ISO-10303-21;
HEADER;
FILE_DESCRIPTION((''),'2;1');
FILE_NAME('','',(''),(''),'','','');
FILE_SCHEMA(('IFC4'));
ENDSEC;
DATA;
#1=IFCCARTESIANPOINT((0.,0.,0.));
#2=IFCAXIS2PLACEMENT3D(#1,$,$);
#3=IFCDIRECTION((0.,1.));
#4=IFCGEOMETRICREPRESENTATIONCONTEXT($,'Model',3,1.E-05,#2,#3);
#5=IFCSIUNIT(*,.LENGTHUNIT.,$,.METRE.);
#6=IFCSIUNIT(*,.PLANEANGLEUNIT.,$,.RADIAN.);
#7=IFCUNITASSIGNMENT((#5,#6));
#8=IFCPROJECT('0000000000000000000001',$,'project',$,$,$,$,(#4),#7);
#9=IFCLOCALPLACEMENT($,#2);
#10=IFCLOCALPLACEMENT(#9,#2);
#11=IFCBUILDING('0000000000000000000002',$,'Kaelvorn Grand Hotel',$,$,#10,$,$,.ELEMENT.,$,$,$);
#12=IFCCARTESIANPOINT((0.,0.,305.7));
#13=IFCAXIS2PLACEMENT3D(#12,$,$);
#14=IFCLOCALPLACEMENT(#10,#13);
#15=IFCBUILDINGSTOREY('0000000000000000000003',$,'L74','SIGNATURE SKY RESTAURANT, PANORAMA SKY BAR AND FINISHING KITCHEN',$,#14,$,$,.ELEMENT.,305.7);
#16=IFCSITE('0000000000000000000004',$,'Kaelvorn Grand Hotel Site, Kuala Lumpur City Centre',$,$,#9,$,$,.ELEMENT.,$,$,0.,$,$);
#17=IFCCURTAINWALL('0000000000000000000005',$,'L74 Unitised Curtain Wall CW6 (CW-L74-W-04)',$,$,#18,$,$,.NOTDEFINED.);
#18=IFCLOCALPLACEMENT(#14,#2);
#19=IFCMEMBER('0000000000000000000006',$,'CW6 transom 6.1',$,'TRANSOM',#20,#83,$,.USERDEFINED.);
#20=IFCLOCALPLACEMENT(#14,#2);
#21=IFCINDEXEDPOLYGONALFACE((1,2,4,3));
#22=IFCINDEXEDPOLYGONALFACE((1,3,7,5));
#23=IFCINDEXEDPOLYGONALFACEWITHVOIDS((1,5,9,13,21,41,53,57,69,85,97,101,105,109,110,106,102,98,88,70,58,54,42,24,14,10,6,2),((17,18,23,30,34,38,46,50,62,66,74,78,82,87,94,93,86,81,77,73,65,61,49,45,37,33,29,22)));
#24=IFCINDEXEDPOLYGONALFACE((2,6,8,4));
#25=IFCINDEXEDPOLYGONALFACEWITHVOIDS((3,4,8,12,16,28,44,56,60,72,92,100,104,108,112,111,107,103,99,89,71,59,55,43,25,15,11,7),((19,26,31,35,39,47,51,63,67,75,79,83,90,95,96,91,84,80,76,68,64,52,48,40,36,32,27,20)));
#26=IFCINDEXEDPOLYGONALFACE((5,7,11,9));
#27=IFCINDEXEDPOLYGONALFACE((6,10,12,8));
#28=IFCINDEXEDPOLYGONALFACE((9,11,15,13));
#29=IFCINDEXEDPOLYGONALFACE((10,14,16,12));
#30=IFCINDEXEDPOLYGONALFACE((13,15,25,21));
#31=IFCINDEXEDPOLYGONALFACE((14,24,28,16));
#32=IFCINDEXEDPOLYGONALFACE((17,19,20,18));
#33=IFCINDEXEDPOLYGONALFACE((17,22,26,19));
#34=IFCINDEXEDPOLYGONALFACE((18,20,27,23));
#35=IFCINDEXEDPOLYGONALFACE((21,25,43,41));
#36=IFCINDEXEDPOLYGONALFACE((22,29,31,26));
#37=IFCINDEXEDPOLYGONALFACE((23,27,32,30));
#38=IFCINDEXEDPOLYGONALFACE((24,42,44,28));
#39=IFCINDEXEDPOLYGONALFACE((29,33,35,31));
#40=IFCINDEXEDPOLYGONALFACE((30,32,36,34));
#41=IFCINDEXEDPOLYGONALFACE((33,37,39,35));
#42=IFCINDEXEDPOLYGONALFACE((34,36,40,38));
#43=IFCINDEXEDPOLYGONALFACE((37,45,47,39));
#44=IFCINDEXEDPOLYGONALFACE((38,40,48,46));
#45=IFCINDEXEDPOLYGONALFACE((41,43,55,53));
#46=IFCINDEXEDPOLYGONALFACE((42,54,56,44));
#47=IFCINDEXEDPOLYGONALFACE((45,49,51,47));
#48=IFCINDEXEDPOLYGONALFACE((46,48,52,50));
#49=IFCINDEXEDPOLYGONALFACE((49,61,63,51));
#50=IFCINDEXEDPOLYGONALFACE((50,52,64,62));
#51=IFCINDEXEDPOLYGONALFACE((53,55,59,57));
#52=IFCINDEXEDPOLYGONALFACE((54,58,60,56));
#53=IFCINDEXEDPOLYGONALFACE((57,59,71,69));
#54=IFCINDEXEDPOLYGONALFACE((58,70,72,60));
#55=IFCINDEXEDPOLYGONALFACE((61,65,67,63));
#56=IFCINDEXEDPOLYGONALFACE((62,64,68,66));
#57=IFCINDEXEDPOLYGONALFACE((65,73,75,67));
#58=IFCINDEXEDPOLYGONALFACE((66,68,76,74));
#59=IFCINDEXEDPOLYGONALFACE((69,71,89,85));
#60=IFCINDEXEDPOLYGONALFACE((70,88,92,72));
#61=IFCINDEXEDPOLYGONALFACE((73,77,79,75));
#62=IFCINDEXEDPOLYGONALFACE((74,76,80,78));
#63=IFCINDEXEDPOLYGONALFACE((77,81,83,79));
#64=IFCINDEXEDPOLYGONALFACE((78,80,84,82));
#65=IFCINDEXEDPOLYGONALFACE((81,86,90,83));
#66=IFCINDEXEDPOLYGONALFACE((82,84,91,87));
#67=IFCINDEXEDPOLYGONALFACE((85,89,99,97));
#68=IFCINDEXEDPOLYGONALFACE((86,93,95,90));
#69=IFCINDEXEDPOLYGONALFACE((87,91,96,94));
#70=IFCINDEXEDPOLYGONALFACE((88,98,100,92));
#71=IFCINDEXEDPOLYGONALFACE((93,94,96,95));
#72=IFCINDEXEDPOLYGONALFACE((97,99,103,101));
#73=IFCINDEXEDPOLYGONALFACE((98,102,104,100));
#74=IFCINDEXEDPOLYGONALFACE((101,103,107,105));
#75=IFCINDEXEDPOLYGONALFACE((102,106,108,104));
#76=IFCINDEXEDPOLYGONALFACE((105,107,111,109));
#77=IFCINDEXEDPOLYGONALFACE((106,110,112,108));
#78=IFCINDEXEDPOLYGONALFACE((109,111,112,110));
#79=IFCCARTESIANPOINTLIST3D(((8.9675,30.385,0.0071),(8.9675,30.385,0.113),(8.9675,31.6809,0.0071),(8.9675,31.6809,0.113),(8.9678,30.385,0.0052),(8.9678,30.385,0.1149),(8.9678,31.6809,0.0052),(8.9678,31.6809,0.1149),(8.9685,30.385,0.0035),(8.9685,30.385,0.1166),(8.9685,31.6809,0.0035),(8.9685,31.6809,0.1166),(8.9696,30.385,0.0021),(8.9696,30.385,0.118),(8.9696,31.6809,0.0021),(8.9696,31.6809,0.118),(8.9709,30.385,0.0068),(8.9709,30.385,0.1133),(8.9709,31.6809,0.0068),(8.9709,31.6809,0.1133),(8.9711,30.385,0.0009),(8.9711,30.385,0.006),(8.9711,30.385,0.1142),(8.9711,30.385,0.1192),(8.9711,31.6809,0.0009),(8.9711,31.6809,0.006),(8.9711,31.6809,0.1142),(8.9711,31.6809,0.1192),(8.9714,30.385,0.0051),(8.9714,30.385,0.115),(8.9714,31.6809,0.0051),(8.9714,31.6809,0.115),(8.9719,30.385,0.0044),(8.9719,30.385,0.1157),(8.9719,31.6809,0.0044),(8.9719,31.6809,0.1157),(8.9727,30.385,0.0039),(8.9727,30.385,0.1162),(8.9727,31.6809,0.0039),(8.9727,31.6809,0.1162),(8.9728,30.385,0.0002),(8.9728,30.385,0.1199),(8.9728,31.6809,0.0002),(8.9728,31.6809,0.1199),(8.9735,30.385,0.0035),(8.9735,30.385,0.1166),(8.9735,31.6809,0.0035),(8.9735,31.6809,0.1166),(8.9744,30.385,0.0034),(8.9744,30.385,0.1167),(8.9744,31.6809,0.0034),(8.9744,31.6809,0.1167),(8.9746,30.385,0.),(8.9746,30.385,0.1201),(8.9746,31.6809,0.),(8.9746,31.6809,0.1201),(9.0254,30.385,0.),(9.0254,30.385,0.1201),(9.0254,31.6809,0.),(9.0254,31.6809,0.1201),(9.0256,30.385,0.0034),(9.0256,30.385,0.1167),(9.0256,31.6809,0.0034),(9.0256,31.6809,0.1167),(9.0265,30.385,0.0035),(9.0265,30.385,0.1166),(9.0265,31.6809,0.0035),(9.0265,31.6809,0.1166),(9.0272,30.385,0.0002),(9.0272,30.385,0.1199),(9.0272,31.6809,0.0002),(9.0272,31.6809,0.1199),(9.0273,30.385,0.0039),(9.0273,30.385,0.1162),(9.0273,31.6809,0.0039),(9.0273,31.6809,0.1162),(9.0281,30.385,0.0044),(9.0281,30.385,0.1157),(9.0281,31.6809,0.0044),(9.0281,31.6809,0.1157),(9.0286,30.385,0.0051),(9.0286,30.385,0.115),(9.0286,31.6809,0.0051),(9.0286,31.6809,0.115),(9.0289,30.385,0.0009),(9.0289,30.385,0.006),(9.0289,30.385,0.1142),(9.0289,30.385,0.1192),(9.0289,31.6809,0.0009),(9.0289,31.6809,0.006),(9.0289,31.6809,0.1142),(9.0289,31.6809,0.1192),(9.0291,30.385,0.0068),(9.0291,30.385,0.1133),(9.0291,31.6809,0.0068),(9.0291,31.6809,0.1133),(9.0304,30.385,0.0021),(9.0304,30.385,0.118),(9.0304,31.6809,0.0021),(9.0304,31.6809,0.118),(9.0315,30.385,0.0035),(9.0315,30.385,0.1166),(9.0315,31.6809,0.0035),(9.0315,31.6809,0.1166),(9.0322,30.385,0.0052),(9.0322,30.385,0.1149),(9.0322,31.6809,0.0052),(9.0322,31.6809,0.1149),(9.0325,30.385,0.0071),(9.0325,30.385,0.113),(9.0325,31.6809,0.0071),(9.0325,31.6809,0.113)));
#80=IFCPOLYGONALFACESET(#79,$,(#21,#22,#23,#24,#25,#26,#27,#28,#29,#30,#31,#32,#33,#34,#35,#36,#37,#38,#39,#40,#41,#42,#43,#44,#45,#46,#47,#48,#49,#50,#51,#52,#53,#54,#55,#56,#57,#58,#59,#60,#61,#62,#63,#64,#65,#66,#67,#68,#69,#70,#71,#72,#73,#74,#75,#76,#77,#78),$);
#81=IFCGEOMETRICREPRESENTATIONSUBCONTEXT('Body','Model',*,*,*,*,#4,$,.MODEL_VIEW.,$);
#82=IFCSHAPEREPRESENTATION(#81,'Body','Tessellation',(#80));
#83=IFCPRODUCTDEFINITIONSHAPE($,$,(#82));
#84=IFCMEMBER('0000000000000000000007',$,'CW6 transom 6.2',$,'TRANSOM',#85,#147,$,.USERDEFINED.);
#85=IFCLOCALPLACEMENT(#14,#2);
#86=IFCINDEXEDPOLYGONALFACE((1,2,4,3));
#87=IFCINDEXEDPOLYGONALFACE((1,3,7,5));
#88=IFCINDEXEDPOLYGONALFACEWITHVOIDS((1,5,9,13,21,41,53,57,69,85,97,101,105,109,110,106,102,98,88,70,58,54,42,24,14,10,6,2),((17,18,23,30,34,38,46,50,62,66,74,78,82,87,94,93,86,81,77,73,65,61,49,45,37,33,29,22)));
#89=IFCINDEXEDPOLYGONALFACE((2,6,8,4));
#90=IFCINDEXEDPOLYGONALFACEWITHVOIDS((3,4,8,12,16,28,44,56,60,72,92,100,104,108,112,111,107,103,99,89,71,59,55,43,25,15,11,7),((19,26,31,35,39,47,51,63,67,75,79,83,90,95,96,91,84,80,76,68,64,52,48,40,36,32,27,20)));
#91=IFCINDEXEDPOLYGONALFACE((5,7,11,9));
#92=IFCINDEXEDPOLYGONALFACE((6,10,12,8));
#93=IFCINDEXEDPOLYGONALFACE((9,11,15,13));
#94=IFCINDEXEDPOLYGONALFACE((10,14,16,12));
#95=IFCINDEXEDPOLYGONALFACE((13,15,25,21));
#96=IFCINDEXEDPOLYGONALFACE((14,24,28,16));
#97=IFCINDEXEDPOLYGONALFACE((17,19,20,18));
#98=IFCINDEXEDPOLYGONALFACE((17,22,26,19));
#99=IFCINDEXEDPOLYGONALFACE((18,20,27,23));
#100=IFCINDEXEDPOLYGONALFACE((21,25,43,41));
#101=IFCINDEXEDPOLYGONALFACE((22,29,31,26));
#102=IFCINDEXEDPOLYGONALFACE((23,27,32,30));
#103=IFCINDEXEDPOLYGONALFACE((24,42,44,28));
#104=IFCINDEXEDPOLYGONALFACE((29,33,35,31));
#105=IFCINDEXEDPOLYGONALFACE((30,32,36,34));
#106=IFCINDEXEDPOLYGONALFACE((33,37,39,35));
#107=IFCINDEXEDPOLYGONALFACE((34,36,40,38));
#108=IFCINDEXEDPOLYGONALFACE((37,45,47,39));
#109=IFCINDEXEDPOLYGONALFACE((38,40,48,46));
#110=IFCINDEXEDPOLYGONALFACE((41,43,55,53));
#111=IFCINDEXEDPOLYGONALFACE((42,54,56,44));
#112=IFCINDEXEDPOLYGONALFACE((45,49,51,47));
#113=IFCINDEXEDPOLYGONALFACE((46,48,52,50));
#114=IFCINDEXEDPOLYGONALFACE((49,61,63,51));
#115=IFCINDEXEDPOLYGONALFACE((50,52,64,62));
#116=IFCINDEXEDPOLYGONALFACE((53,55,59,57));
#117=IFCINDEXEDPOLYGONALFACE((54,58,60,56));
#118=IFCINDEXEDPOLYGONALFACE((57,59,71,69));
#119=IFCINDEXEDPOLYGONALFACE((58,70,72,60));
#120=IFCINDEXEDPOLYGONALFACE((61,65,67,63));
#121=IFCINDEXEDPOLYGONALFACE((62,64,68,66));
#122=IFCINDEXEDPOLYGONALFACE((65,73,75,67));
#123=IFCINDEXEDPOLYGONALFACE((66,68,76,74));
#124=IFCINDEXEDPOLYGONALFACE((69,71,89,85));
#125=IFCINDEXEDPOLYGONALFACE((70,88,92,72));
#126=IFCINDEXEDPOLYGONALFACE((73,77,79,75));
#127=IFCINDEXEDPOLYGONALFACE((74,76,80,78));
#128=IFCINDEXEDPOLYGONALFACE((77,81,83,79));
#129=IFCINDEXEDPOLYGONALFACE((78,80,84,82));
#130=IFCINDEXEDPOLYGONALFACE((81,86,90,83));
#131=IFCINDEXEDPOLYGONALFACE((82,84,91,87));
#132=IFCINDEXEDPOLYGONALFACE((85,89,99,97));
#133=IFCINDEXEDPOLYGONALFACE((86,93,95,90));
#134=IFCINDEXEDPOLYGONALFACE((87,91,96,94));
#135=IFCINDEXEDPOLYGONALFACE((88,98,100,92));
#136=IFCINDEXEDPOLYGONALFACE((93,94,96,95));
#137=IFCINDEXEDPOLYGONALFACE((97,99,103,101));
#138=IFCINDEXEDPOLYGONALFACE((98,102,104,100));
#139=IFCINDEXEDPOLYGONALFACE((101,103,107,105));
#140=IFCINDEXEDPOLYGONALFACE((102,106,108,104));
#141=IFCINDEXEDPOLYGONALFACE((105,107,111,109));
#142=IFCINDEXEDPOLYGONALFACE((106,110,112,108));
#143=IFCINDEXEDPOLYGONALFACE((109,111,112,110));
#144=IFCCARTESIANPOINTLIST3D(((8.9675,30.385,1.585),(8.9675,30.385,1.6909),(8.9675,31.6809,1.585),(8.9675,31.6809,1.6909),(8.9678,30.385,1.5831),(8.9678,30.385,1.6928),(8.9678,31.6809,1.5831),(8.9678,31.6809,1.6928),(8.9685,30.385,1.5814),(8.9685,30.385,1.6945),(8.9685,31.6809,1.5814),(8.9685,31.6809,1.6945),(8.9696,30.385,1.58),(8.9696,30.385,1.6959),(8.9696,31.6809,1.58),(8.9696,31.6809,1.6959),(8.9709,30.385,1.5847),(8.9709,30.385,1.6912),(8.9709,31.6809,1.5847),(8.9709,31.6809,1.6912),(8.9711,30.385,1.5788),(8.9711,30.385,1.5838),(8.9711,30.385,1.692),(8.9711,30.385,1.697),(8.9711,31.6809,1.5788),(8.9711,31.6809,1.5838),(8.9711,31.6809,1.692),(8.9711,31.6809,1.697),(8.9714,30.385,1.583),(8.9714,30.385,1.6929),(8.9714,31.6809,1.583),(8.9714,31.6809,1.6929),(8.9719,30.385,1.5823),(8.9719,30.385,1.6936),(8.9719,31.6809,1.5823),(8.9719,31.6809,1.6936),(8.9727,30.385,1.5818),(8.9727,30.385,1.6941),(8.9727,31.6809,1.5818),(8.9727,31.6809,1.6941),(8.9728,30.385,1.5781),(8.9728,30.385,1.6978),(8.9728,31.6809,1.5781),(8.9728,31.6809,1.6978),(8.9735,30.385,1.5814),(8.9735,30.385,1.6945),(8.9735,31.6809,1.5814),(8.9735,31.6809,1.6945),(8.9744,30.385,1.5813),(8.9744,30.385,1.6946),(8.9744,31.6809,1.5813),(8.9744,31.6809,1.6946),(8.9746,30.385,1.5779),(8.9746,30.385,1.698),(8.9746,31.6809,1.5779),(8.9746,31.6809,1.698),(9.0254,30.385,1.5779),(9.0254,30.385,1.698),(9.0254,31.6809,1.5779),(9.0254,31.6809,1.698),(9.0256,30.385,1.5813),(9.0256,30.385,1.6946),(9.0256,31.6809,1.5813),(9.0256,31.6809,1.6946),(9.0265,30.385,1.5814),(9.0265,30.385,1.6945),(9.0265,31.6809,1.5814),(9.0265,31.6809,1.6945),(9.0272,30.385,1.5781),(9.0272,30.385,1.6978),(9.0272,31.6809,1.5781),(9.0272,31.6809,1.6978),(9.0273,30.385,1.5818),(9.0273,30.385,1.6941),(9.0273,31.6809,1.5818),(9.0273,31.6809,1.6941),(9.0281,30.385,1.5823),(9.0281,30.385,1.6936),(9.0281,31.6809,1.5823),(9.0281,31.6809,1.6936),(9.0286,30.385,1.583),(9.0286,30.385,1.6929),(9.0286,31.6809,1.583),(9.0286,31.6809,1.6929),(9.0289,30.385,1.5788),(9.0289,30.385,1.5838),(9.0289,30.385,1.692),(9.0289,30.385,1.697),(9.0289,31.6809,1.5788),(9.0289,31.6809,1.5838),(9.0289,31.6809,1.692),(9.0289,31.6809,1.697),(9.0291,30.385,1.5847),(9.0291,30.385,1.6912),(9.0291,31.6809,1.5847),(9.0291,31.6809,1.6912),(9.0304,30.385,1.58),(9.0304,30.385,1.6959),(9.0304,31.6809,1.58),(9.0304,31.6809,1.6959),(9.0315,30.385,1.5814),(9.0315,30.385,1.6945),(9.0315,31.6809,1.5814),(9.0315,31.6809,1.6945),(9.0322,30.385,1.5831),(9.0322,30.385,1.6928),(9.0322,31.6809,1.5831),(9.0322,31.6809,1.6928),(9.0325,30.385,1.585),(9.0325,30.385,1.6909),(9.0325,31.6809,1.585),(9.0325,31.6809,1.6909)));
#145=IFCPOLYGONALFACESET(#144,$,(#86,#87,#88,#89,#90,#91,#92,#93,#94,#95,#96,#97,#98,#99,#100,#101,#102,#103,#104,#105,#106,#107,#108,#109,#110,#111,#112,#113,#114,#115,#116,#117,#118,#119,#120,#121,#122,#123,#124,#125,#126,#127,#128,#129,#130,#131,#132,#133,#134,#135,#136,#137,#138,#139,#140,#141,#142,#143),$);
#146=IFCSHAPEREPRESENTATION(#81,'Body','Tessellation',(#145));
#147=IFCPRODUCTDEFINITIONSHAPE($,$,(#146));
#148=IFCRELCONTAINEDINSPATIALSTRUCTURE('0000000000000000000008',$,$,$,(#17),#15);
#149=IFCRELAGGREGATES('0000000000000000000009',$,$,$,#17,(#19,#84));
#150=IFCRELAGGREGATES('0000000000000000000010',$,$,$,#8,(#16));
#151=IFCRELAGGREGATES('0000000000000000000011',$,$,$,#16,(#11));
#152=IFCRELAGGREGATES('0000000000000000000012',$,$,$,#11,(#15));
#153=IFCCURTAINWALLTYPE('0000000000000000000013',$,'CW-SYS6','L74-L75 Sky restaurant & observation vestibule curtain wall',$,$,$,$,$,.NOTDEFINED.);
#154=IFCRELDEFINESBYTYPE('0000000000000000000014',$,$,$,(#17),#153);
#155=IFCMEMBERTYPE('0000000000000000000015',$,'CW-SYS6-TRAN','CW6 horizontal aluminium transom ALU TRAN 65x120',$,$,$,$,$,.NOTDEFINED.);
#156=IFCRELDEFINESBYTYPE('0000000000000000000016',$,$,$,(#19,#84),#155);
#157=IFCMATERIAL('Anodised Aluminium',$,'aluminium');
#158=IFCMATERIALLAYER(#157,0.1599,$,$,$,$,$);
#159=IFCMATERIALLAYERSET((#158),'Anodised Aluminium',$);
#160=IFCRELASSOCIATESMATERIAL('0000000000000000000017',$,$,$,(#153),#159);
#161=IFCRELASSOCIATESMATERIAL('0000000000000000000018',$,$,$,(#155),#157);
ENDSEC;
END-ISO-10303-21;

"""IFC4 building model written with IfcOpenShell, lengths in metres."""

from ifc_helpers import new_model, si_unit, direction, frame, origin, origin_2d, place, context, subcontext, project, spatial, hollow_rectangle, extrude, material, layer, layer_set, material_profile, profile_set, type_object, element, aggregate, save


model = new_model("IFC4")

# Units and contexts
model_context = context("Model", 3, precision=1e-05, world=origin(), true_north=direction((0.0, 1.0)))
body_context = subcontext(model_context, "Body", "Model", "MODEL_VIEW")
ifc_project = project(units=[si_unit("LENGTHUNIT", "METRE"), si_unit("PLANEANGLEUNIT", "RADIAN")], contexts=[model_context])

# Site, building, storey
site_placement = place(None, origin())
site = spatial("IfcSite", under=ifc_project, at=site_placement, Name="Kaelvorn Grand Hotel Site, Kuala Lumpur City Centre", CompositionType="ELEMENT", RefElevation=0.0)
building_placement = place(site_placement, origin())
building = spatial("IfcBuilding", under=site, at=building_placement, Name="Kaelvorn Grand Hotel", CompositionType="ELEMENT")
storey_placement = place(building_placement, frame((0.0, 0.0, 305.7)))
storey = spatial("IfcBuildingStorey", under=building, at=storey_placement, Name="L74", Description="SIGNATURE SKY RESTAURANT, PANORAMA SKY BAR AND FINISHING KITCHEN", CompositionType="ELEMENT", Elevation=305.7)

# Curtain wall, members
ifc_material_1 = material(Name="Anodised Aluminium", Category="aluminium")
ifc_layer_1 = layer(ifc_material_1, 0.1599)
ifc_layer_set_1 = layer_set([ifc_layer_1], Name="Anodised Aluminium")
curtain_wall_type = type_object("IfcCurtainWallType", Name="CW-SYS6", Description="L74-L75 Sky restaurant & observation vestibule curtain wall", PredefinedType="NOTDEFINED", material=ifc_layer_set_1)
curtain_wall_placement = place(storey_placement, origin())
curtain_wall = element("IfcCurtainWall", 1, at=curtain_wall_placement, inside=storey, type_object=curtain_wall_type, Name="L74 Unitised Curtain Wall CW6 (CW-L74-W-04)", PredefinedType="NOTDEFINED")
ifc_material_profile_1 = material_profile(ifc_material_1, hollow_rectangle(XDim=0.0649, YDim=0.1201, WallThickness=0.0034, InnerFilletRadius=0.0034, OuterFilletRadius=0.0071, at=origin_2d()), Name="ALU TRAN 65x120")
ifc_profile_set_1 = profile_set([ifc_material_profile_1], Name="Anodised Aluminium")
member_type_1 = type_object("IfcMemberType", Name="CW-SYS6-TRAN", Description="CW6 horizontal aluminium transom ALU TRAN 65x120", PredefinedType="NOTDEFINED", material=ifc_profile_set_1)
member_1_placement = place(storey_placement, frame((9.0, 31.6809, 0.0601), z_axis=(0.0, -1.0, 0.0), x_axis=(1.0, 0.0, 0.0)))
member_1 = element("IfcMember", 2, at=member_1_placement, type_object=member_type_1, Name="CW6 transom 6.1", ObjectType="TRANSOM", PredefinedType="USERDEFINED", context=body_context, shape_type="SweptSolid", body=[
    extrude(hollow_rectangle(XDim=0.0649, YDim=0.1201, WallThickness=0.0034, InnerFilletRadius=0.0034, OuterFilletRadius=0.0071, at=origin_2d()), origin(), (0.0, 0.0, 1.0), 1.2959),
])
member_2_placement = place(storey_placement, frame((9.0, 31.6809, 1.6379), z_axis=(0.0, -1.0, 0.0), x_axis=(1.0, 0.0, 0.0)))
member_2 = element("IfcMember", 3, at=member_2_placement, type_object=member_type_1, Name="CW6 transom 6.2", ObjectType="TRANSOM", PredefinedType="USERDEFINED", context=body_context, shape_type="SweptSolid", body=[
    extrude(hollow_rectangle(XDim=0.0649, YDim=0.1201, WallThickness=0.0034, InnerFilletRadius=0.0034, OuterFilletRadius=0.0071, at=origin_2d()), origin(), (0.0, 0.0, 1.0), 1.2959),
])
aggregate(curtain_wall, [member_1, member_2])

save(model, "model.ifc")
